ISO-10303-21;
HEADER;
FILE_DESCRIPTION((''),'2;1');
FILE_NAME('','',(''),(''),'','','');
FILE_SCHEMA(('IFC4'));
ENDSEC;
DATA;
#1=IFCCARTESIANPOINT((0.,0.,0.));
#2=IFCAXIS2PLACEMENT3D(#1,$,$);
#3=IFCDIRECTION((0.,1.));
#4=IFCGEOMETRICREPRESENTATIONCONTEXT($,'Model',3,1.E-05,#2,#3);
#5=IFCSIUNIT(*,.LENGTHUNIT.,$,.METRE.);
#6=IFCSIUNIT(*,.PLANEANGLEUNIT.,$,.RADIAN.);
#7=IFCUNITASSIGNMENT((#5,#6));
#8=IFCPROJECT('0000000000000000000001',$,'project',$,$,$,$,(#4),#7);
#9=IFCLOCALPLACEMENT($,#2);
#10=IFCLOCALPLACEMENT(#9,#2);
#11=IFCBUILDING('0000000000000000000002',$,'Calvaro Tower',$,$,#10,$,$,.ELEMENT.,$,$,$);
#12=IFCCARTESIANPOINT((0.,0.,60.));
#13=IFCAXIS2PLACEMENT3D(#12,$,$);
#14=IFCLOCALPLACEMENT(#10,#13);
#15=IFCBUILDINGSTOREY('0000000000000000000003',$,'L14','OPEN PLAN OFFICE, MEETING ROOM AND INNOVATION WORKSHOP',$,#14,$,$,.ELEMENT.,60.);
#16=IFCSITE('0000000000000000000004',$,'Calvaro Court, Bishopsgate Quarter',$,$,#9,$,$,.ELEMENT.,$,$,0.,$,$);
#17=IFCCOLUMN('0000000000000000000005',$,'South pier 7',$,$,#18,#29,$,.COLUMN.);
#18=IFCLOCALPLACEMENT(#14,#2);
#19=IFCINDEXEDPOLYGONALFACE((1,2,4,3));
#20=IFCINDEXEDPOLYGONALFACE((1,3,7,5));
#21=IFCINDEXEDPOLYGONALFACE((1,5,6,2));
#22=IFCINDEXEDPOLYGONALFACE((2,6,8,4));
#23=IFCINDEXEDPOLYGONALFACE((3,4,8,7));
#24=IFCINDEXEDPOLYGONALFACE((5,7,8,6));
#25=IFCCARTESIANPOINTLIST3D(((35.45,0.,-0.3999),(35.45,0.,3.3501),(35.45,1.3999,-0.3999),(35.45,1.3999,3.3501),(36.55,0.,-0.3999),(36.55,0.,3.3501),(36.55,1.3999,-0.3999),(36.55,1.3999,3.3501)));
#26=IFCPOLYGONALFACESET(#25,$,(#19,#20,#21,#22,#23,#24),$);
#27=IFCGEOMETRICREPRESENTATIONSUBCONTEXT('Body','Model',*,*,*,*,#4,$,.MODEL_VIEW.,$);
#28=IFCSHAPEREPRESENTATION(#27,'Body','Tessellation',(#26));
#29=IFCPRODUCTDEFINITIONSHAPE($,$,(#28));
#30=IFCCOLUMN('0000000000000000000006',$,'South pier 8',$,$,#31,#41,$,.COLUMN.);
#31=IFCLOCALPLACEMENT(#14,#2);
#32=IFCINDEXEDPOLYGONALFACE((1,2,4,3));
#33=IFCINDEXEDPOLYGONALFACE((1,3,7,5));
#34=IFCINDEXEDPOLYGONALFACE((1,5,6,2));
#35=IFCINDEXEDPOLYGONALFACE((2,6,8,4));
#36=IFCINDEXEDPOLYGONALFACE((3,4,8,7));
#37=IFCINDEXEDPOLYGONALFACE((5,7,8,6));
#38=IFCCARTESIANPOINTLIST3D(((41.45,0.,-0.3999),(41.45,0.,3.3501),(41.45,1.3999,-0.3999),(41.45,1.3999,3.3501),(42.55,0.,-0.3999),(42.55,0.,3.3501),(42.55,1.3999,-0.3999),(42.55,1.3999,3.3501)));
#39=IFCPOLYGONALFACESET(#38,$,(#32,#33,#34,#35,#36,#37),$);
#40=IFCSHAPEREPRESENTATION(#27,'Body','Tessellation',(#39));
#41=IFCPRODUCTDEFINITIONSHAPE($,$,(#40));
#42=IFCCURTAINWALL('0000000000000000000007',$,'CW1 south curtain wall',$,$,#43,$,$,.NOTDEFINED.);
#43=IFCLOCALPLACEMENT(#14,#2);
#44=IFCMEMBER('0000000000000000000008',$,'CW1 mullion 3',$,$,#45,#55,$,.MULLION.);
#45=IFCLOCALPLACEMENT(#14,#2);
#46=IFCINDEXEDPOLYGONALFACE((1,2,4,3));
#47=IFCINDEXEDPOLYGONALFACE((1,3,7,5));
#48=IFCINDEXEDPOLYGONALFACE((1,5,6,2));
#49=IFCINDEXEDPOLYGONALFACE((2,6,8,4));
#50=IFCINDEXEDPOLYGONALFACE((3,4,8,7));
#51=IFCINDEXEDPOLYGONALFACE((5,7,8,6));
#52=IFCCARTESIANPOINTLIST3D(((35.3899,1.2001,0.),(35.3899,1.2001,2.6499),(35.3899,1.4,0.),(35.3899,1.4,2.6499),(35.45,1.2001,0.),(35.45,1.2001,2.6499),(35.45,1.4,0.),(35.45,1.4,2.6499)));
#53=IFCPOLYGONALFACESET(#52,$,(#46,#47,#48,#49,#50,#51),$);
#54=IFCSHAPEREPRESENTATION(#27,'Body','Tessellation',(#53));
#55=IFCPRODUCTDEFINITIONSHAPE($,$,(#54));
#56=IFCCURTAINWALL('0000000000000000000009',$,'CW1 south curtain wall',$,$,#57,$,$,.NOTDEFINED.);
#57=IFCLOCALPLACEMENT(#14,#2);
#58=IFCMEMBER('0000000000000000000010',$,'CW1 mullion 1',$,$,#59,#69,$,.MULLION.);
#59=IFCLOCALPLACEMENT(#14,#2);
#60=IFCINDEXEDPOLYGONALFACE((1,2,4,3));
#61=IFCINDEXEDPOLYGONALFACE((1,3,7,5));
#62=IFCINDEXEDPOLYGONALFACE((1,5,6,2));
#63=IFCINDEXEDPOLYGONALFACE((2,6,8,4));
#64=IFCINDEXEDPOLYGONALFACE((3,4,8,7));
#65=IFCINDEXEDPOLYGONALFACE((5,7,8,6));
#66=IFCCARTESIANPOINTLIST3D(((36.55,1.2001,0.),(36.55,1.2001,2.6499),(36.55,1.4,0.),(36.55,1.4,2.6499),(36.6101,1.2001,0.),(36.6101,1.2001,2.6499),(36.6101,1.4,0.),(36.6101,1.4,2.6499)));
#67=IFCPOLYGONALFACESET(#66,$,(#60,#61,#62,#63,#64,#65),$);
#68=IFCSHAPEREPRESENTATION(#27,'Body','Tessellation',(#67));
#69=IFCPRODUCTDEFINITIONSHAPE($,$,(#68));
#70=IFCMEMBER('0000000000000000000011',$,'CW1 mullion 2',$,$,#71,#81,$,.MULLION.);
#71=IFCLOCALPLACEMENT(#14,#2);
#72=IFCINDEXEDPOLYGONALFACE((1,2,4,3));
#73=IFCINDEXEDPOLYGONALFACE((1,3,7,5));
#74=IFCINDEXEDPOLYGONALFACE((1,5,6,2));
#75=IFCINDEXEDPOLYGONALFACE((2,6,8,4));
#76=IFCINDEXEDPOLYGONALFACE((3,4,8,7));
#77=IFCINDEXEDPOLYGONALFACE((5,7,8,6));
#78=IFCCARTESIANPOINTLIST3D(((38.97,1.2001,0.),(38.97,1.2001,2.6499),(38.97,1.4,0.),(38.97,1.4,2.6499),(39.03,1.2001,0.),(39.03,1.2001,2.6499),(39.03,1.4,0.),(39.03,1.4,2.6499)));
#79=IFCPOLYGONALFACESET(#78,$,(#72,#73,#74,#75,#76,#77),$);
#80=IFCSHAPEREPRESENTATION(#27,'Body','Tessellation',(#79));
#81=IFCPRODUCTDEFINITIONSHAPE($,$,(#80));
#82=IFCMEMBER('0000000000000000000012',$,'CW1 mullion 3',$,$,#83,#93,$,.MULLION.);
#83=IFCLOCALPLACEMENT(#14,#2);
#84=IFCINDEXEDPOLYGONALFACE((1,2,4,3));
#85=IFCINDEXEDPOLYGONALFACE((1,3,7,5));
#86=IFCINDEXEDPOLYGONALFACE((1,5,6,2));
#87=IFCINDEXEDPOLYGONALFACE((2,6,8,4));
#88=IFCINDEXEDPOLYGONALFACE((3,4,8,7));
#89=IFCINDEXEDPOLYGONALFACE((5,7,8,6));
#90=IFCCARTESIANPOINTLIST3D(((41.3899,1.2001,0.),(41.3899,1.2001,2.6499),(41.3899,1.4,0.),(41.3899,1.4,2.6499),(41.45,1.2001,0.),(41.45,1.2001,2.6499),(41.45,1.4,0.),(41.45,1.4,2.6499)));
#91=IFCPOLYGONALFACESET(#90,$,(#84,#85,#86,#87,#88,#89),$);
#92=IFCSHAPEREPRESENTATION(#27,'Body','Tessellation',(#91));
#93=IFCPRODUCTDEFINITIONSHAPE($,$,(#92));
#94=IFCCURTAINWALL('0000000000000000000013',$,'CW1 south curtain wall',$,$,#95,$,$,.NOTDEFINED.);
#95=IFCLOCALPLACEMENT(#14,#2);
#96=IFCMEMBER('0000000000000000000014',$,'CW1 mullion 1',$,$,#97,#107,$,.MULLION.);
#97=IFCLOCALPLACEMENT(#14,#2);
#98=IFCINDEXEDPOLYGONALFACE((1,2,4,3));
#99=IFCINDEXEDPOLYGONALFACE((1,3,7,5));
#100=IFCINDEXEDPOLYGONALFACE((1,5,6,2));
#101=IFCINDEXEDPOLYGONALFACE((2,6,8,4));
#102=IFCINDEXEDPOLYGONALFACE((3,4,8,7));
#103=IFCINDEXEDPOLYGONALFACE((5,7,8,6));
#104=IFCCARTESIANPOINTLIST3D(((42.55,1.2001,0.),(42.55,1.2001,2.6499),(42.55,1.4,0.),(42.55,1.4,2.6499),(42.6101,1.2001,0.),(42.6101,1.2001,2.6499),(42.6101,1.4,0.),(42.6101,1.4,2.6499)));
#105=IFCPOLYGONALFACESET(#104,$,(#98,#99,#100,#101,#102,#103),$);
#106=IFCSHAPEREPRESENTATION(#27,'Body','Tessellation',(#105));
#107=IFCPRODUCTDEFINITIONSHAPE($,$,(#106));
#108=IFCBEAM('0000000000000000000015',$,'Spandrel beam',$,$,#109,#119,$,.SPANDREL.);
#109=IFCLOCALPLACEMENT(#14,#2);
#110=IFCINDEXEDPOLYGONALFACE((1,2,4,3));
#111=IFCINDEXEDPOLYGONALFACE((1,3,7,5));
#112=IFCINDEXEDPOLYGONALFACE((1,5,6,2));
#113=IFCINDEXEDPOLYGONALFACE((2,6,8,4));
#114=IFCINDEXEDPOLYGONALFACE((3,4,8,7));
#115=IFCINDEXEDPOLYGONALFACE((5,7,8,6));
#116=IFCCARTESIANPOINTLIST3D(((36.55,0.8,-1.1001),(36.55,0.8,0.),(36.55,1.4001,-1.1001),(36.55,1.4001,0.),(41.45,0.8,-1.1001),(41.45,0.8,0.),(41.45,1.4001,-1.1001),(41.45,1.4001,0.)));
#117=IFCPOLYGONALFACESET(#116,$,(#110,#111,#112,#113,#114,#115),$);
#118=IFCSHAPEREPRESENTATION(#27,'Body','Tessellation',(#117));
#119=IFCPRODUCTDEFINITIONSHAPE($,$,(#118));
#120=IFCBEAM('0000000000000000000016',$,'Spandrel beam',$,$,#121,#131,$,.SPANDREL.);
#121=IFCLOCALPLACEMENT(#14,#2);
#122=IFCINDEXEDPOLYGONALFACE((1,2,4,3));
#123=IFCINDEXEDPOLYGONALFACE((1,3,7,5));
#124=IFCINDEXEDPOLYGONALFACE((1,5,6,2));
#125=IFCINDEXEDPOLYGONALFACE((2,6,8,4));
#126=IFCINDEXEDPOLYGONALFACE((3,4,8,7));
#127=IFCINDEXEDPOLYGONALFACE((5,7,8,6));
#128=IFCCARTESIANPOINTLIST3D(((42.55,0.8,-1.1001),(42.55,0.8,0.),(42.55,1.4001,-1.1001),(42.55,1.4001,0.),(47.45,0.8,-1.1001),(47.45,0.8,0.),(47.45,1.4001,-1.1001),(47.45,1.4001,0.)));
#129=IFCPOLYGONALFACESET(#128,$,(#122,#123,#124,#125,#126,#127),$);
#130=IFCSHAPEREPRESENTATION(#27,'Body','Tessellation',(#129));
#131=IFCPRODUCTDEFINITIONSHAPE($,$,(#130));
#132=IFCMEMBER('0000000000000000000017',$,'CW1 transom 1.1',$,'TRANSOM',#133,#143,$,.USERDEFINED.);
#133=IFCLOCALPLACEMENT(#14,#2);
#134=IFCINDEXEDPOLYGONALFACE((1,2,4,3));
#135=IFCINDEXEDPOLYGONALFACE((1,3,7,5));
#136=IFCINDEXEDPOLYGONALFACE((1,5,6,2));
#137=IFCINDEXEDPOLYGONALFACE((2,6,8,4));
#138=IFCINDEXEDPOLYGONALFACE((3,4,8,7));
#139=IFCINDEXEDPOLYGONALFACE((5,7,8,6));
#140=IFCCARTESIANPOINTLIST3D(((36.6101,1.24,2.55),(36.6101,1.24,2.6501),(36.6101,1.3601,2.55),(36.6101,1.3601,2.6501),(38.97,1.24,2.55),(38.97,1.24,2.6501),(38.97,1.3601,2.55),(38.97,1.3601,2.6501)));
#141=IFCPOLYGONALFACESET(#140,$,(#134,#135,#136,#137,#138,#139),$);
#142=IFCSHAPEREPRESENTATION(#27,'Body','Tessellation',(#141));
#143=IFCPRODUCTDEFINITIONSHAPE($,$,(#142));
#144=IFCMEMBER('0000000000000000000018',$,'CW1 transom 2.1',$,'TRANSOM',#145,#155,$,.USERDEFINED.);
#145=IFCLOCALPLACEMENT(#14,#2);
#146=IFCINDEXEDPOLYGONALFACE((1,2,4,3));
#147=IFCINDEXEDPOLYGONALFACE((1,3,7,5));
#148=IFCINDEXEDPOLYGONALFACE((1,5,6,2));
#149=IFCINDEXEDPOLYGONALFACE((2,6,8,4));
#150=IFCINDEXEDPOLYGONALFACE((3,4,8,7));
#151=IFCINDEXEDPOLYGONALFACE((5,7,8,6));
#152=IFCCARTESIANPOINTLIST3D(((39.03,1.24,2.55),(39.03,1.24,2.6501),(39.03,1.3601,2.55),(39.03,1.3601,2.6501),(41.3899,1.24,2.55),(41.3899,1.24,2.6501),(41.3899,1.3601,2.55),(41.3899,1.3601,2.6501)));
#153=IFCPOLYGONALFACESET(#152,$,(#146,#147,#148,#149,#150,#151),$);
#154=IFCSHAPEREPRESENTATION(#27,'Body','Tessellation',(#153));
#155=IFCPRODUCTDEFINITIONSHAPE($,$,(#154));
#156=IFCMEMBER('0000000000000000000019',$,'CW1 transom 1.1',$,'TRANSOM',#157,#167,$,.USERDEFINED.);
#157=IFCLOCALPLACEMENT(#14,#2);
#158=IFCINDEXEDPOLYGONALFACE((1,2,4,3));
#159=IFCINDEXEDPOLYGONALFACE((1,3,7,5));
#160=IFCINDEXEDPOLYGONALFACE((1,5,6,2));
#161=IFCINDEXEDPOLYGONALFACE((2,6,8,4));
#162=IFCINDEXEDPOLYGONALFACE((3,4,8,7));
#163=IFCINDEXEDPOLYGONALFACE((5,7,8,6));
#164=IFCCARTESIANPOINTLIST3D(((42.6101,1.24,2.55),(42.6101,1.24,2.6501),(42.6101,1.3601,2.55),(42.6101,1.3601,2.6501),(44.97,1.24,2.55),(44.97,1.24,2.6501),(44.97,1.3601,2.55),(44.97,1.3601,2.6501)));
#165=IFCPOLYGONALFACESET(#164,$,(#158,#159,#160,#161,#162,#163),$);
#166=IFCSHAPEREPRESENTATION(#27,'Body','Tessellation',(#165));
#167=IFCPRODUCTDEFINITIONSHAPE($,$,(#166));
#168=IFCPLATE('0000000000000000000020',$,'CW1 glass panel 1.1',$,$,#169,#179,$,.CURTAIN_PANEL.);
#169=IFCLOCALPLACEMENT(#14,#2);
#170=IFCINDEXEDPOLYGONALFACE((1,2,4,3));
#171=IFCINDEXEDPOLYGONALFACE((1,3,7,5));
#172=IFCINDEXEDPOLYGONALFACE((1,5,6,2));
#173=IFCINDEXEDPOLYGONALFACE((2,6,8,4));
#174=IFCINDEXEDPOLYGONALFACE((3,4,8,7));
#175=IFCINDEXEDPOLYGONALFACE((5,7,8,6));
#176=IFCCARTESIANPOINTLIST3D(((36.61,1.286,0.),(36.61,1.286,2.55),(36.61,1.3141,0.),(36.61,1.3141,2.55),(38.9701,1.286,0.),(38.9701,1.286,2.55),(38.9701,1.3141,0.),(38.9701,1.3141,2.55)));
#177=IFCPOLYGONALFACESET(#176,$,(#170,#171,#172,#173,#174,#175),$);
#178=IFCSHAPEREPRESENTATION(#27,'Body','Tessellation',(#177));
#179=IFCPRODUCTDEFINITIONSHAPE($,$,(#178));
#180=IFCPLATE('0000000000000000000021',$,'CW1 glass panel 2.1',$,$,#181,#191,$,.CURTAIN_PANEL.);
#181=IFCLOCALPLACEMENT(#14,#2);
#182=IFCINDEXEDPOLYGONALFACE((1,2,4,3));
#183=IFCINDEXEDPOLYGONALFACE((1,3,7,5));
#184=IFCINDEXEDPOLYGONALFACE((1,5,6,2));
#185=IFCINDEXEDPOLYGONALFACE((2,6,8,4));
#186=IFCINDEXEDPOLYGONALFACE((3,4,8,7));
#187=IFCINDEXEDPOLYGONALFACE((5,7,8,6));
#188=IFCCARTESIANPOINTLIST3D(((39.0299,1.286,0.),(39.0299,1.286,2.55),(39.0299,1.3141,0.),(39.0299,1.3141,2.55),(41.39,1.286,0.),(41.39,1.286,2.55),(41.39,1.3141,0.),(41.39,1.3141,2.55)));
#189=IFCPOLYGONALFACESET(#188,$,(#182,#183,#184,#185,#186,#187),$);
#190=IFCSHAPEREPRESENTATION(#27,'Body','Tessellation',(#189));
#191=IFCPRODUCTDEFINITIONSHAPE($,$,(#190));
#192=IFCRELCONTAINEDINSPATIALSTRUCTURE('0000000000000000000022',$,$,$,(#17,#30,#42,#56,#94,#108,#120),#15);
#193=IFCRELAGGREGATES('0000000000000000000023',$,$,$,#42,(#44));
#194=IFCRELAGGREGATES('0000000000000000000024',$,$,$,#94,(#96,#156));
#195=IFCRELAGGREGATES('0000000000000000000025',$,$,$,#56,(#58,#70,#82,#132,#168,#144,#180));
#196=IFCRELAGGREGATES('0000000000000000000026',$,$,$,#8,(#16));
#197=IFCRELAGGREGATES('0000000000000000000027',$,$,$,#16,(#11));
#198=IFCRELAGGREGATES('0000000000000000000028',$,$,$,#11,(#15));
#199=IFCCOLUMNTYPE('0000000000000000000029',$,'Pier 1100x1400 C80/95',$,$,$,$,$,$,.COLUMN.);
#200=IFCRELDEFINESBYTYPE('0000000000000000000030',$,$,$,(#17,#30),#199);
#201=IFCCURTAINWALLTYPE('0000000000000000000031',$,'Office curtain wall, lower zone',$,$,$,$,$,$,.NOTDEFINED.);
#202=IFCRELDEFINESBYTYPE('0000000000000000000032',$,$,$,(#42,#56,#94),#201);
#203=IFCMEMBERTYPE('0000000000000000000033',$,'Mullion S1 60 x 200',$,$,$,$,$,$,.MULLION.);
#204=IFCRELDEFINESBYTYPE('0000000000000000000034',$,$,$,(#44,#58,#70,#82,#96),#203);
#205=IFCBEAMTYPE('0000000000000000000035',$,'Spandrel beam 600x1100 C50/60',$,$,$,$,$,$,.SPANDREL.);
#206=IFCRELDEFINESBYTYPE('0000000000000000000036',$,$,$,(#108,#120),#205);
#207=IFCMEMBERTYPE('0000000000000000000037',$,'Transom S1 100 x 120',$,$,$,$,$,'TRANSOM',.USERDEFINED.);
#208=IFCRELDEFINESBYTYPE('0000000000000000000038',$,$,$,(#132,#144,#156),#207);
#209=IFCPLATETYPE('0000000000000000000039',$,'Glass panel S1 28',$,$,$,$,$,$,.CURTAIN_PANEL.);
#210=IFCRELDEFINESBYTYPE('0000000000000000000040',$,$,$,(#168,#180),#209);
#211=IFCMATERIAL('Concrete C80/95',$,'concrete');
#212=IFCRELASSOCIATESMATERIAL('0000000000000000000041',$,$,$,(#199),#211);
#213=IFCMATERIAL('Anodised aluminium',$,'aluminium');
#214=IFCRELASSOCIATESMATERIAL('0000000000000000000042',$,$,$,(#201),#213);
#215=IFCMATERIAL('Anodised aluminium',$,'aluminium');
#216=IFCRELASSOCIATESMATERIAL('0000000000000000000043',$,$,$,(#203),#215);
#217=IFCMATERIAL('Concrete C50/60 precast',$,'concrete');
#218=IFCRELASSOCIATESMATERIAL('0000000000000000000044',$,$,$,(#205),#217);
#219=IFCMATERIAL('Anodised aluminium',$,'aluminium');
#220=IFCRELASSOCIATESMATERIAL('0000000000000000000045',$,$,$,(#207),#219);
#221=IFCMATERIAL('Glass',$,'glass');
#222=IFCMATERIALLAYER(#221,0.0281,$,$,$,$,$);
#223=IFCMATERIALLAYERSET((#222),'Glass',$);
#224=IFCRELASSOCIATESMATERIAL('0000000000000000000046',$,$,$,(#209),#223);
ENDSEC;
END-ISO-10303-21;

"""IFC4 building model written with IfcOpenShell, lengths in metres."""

from ifc_helpers import new_model, si_unit, direction, frame, origin, origin_2d, place, context, subcontext, project, spatial, rectangle, extrude, material, layer, layer_set, material_profile, profile_set, type_object, element, aggregate, save


model = new_model("IFC4")

# Units and contexts
model_context = context("Model", 3, precision=1e-05, world=origin(), true_north=direction((0.0, 1.0)))
body_context = subcontext(model_context, "Body", "Model", "MODEL_VIEW")
ifc_project = project(units=[si_unit("LENGTHUNIT", "METRE"), si_unit("PLANEANGLEUNIT", "RADIAN")], contexts=[model_context])

# Site, building, storey
site_placement = place(None, origin())
site = spatial("IfcSite", under=ifc_project, at=site_placement, Name="Calvaro Court, Bishopsgate Quarter", CompositionType="ELEMENT", RefElevation=0.0)
building_placement = place(site_placement, origin())
building = spatial("IfcBuilding", under=site, at=building_placement, Name="Calvaro Tower", CompositionType="ELEMENT")
storey_placement = place(building_placement, frame((0.0, 0.0, 60.0)))
storey = spatial("IfcBuildingStorey", under=building, at=storey_placement, Name="L14", Description="OPEN PLAN OFFICE, MEETING ROOM AND INNOVATION WORKSHOP", CompositionType="ELEMENT", Elevation=60.0)

# Columns
ifc_material_1 = material(Name="Concrete C80/95", Category="concrete")
ifc_material_profile_1 = material_profile(ifc_material_1, rectangle(XDim=1.1001, YDim=1.3999, at=origin_2d()), Name="RC 1100x1400")
ifc_profile_set_1 = profile_set([ifc_material_profile_1], Name="Concrete C80/95")
column_type = type_object("IfcColumnType", Name="Pier 1100x1400 C80/95", PredefinedType="COLUMN", material=ifc_profile_set_1)
for number, where, z_axis, x_axis, name in (
    (1, (36.0, 0.7, -0.3999), (0.0, 0.0, 1.0), (1.0, 0.0, 0.0), "South pier 7"),
    (2, (42.0, 0.7, -0.3999), (0.0, 0.0, 1.0), (1.0, 0.0, 0.0), "South pier 8"),
):
    element("IfcColumn", number, at=place(storey_placement, frame(where, z_axis=z_axis, x_axis=x_axis)), inside=storey, type_object=column_type, Name=name, PredefinedType="COLUMN", context=body_context, shape_type="SweptSolid", body=[
        extrude(rectangle(XDim=1.1001, YDim=1.3999, at=origin_2d()), origin(), (0.0, 0.0, 1.0), 3.75),
    ])

# Curtain wall, member
ifc_material_2 = material(Name="Anodised aluminium", Category="aluminium")
curtain_wall_type = type_object("IfcCurtainWallType", Name="Office curtain wall, lower zone", PredefinedType="NOTDEFINED", material=ifc_material_2)
curtain_wall_1_placement = place(storey_placement, origin())
curtain_wall_1 = element("IfcCurtainWall", 3, at=curtain_wall_1_placement, inside=storey, type_object=curtain_wall_type, Name="CW1 south curtain wall", PredefinedType="NOTDEFINED")
ifc_material_3 = material(Name="Anodised aluminium", Category="aluminium")
ifc_material_profile_2 = material_profile(ifc_material_3, rectangle(XDim=0.2, YDim=0.0601, at=origin_2d()), Name="Mullion S1 60 x 200")
ifc_profile_set_2 = profile_set([ifc_material_profile_2], Name="Anodised aluminium")
member_type_1 = type_object("IfcMemberType", Name="Mullion S1 60 x 200", PredefinedType="MULLION", material=ifc_profile_set_2)
member_1_placement = place(storey_placement, frame((35.4199, 1.3, 0.0), z_axis=(0.0, 0.0, 1.0), x_axis=(0.0, 1.0, 0.0)))
member_1 = element("IfcMember", 4, at=member_1_placement, type_object=member_type_1, Name="CW1 mullion 3", PredefinedType="MULLION", context=body_context, shape_type="SweptSolid", body=[
    extrude(rectangle(XDim=0.2, YDim=0.0601, at=origin_2d()), origin(), (0.0, 0.0, 1.0), 2.6499),
])
aggregate(curtain_wall_1, [member_1])

# Curtain wall, members
curtain_wall_2_placement = place(storey_placement, origin())
curtain_wall_2 = element("IfcCurtainWall", 5, at=curtain_wall_2_placement, inside=storey, type_object=curtain_wall_type, Name="CW1 south curtain wall", PredefinedType="NOTDEFINED")
member_2_placement = place(storey_placement, frame((36.5801, 1.3, 0.0), z_axis=(0.0, 0.0, 1.0), x_axis=(0.0, 1.0, 0.0)))
member_2 = element("IfcMember", 6, at=member_2_placement, type_object=member_type_1, Name="CW1 mullion 1", PredefinedType="MULLION", context=body_context, shape_type="SweptSolid", body=[
    extrude(rectangle(XDim=0.2, YDim=0.0601, at=origin_2d()), origin(), (0.0, 0.0, 1.0), 2.6499),
])
member_3_placement = place(storey_placement, frame((39.0, 1.3, 0.0), z_axis=(0.0, 0.0, 1.0), x_axis=(0.0, 1.0, 0.0)))
member_3 = element("IfcMember", 7, at=member_3_placement, type_object=member_type_1, Name="CW1 mullion 2", PredefinedType="MULLION", context=body_context, shape_type="SweptSolid", body=[
    extrude(rectangle(XDim=0.2, YDim=0.0601, at=origin_2d()), origin(), (0.0, 0.0, 1.0), 2.6499),
])
member_4_placement = place(storey_placement, frame((41.4199, 1.3, 0.0), z_axis=(0.0, 0.0, 1.0), x_axis=(0.0, 1.0, 0.0)))
member_4 = element("IfcMember", 8, at=member_4_placement, type_object=member_type_1, Name="CW1 mullion 3", PredefinedType="MULLION", context=body_context, shape_type="SweptSolid", body=[
    extrude(rectangle(XDim=0.2, YDim=0.0601, at=origin_2d()), origin(), (0.0, 0.0, 1.0), 2.6499),
])

# Curtain wall, member
curtain_wall_3_placement = place(storey_placement, origin())
curtain_wall_3 = element("IfcCurtainWall", 9, at=curtain_wall_3_placement, inside=storey, type_object=curtain_wall_type, Name="CW1 south curtain wall", PredefinedType="NOTDEFINED")
member_5_placement = place(storey_placement, frame((42.5801, 1.3, 0.0), z_axis=(0.0, 0.0, 1.0), x_axis=(0.0, 1.0, 0.0)))
member_5 = element("IfcMember", 10, at=member_5_placement, type_object=member_type_1, Name="CW1 mullion 1", PredefinedType="MULLION", context=body_context, shape_type="SweptSolid", body=[
    extrude(rectangle(XDim=0.2, YDim=0.0601, at=origin_2d()), origin(), (0.0, 0.0, 1.0), 2.6499),
])

# Beams
ifc_material_4 = material(Name="Concrete C50/60 precast", Category="concrete")
ifc_material_profile_3 = material_profile(ifc_material_4, rectangle(XDim=0.6001, YDim=1.1001, at=origin_2d()), Name="RC 600x1100")
ifc_profile_set_3 = profile_set([ifc_material_profile_3], Name="Concrete C50/60 precast")
beam_type = type_object("IfcBeamType", Name="Spandrel beam 600x1100 C50/60", PredefinedType="SPANDREL", material=ifc_profile_set_3)
for number, where, z_axis, x_axis, name in (
    (11, (36.55, 1.1001, -0.55), (1.0, 0.0, 0.0), (0.0, 1.0, 0.0), "Spandrel beam"),
    (12, (42.55, 1.1001, -0.55), (1.0, 0.0, 0.0), (0.0, 1.0, 0.0), "Spandrel beam"),
):
    element("IfcBeam", number, at=place(storey_placement, frame(where, z_axis=z_axis, x_axis=x_axis)), inside=storey, type_object=beam_type, Name=name, PredefinedType="SPANDREL", context=body_context, shape_type="SweptSolid", body=[
        extrude(rectangle(XDim=0.6001, YDim=1.1001, at=origin_2d()), origin(), (0.0, 0.0, 1.0), 4.8999),
    ])

# Members
ifc_material_5 = material(Name="Anodised aluminium", Category="aluminium")
ifc_material_profile_4 = material_profile(ifc_material_5, rectangle(XDim=0.1201, YDim=0.1001, at=origin_2d()), Name="Transom S1 100 x 120")
ifc_profile_set_4 = profile_set([ifc_material_profile_4], Name="Anodised aluminium")
member_type_2 = type_object("IfcMemberType", Name="Transom S1 100 x 120", ElementType="TRANSOM", PredefinedType="USERDEFINED", material=ifc_profile_set_4)
member_6_placement = place(storey_placement, frame((36.6101, 1.3, 2.6001), z_axis=(1.0, 0.0, 0.0), x_axis=(0.0, 1.0, 0.0)))
member_6 = element("IfcMember", 13, at=member_6_placement, type_object=member_type_2, Name="CW1 transom 1.1", ObjectType="TRANSOM", PredefinedType="USERDEFINED", context=body_context, shape_type="SweptSolid", body=[
    extrude(rectangle(XDim=0.1201, YDim=0.1001, at=origin_2d()), origin(), (0.0, 0.0, 1.0), 2.3599),
])
member_7_placement = place(storey_placement, frame((39.03, 1.3, 2.6001), z_axis=(1.0, 0.0, 0.0), x_axis=(0.0, 1.0, 0.0)))
member_7 = element("IfcMember", 14, at=member_7_placement, type_object=member_type_2, Name="CW1 transom 2.1", ObjectType="TRANSOM", PredefinedType="USERDEFINED", context=body_context, shape_type="SweptSolid", body=[
    extrude(rectangle(XDim=0.1201, YDim=0.1001, at=origin_2d()), origin(), (0.0, 0.0, 1.0), 2.3599),
])
member_8_placement = place(storey_placement, frame((42.6101, 1.3, 2.6001), z_axis=(1.0, 0.0, 0.0), x_axis=(0.0, 1.0, 0.0)))
member_8 = element("IfcMember", 15, at=member_8_placement, type_object=member_type_2, Name="CW1 transom 1.1", ObjectType="TRANSOM", PredefinedType="USERDEFINED", context=body_context, shape_type="SweptSolid", body=[
    extrude(rectangle(XDim=0.1201, YDim=0.1001, at=origin_2d()), origin(), (0.0, 0.0, 1.0), 2.3599),
])
aggregate(curtain_wall_3, [member_5, member_8])

# Plates
ifc_material_6 = material(Name="Glass", Category="glass")
ifc_layer = layer(ifc_material_6, 0.0281)
ifc_layer_set = layer_set([ifc_layer], Name="Glass")
plate_type = type_object("IfcPlateType", Name="Glass panel S1 28", PredefinedType="CURTAIN_PANEL", material=ifc_layer_set)
plate_1_placement = place(storey_placement, frame((37.79, 1.3, 0.0), z_axis=(0.0, 0.0, 1.0), x_axis=(1.0, 0.0, 0.0)))
plate_1 = element("IfcPlate", 16, at=plate_1_placement, type_object=plate_type, Name="CW1 glass panel 1.1", PredefinedType="CURTAIN_PANEL", context=body_context, shape_type="SweptSolid", body=[
    extrude(rectangle(XDim=2.3601, YDim=0.0281, at=origin_2d()), origin(), (0.0, 0.0, 1.0), 2.55),
])
plate_2_placement = place(storey_placement, frame((40.21, 1.3, 0.0), z_axis=(0.0, 0.0, 1.0), x_axis=(1.0, 0.0, 0.0)))
plate_2 = element("IfcPlate", 17, at=plate_2_placement, type_object=plate_type, Name="CW1 glass panel 2.1", PredefinedType="CURTAIN_PANEL", context=body_context, shape_type="SweptSolid", body=[
    extrude(rectangle(XDim=2.3601, YDim=0.0281, at=origin_2d()), origin(), (0.0, 0.0, 1.0), 2.55),
])
aggregate(curtain_wall_2, [member_2, member_3, member_4, member_6, plate_1, member_7, plate_2])

save(model, "model.ifc")
